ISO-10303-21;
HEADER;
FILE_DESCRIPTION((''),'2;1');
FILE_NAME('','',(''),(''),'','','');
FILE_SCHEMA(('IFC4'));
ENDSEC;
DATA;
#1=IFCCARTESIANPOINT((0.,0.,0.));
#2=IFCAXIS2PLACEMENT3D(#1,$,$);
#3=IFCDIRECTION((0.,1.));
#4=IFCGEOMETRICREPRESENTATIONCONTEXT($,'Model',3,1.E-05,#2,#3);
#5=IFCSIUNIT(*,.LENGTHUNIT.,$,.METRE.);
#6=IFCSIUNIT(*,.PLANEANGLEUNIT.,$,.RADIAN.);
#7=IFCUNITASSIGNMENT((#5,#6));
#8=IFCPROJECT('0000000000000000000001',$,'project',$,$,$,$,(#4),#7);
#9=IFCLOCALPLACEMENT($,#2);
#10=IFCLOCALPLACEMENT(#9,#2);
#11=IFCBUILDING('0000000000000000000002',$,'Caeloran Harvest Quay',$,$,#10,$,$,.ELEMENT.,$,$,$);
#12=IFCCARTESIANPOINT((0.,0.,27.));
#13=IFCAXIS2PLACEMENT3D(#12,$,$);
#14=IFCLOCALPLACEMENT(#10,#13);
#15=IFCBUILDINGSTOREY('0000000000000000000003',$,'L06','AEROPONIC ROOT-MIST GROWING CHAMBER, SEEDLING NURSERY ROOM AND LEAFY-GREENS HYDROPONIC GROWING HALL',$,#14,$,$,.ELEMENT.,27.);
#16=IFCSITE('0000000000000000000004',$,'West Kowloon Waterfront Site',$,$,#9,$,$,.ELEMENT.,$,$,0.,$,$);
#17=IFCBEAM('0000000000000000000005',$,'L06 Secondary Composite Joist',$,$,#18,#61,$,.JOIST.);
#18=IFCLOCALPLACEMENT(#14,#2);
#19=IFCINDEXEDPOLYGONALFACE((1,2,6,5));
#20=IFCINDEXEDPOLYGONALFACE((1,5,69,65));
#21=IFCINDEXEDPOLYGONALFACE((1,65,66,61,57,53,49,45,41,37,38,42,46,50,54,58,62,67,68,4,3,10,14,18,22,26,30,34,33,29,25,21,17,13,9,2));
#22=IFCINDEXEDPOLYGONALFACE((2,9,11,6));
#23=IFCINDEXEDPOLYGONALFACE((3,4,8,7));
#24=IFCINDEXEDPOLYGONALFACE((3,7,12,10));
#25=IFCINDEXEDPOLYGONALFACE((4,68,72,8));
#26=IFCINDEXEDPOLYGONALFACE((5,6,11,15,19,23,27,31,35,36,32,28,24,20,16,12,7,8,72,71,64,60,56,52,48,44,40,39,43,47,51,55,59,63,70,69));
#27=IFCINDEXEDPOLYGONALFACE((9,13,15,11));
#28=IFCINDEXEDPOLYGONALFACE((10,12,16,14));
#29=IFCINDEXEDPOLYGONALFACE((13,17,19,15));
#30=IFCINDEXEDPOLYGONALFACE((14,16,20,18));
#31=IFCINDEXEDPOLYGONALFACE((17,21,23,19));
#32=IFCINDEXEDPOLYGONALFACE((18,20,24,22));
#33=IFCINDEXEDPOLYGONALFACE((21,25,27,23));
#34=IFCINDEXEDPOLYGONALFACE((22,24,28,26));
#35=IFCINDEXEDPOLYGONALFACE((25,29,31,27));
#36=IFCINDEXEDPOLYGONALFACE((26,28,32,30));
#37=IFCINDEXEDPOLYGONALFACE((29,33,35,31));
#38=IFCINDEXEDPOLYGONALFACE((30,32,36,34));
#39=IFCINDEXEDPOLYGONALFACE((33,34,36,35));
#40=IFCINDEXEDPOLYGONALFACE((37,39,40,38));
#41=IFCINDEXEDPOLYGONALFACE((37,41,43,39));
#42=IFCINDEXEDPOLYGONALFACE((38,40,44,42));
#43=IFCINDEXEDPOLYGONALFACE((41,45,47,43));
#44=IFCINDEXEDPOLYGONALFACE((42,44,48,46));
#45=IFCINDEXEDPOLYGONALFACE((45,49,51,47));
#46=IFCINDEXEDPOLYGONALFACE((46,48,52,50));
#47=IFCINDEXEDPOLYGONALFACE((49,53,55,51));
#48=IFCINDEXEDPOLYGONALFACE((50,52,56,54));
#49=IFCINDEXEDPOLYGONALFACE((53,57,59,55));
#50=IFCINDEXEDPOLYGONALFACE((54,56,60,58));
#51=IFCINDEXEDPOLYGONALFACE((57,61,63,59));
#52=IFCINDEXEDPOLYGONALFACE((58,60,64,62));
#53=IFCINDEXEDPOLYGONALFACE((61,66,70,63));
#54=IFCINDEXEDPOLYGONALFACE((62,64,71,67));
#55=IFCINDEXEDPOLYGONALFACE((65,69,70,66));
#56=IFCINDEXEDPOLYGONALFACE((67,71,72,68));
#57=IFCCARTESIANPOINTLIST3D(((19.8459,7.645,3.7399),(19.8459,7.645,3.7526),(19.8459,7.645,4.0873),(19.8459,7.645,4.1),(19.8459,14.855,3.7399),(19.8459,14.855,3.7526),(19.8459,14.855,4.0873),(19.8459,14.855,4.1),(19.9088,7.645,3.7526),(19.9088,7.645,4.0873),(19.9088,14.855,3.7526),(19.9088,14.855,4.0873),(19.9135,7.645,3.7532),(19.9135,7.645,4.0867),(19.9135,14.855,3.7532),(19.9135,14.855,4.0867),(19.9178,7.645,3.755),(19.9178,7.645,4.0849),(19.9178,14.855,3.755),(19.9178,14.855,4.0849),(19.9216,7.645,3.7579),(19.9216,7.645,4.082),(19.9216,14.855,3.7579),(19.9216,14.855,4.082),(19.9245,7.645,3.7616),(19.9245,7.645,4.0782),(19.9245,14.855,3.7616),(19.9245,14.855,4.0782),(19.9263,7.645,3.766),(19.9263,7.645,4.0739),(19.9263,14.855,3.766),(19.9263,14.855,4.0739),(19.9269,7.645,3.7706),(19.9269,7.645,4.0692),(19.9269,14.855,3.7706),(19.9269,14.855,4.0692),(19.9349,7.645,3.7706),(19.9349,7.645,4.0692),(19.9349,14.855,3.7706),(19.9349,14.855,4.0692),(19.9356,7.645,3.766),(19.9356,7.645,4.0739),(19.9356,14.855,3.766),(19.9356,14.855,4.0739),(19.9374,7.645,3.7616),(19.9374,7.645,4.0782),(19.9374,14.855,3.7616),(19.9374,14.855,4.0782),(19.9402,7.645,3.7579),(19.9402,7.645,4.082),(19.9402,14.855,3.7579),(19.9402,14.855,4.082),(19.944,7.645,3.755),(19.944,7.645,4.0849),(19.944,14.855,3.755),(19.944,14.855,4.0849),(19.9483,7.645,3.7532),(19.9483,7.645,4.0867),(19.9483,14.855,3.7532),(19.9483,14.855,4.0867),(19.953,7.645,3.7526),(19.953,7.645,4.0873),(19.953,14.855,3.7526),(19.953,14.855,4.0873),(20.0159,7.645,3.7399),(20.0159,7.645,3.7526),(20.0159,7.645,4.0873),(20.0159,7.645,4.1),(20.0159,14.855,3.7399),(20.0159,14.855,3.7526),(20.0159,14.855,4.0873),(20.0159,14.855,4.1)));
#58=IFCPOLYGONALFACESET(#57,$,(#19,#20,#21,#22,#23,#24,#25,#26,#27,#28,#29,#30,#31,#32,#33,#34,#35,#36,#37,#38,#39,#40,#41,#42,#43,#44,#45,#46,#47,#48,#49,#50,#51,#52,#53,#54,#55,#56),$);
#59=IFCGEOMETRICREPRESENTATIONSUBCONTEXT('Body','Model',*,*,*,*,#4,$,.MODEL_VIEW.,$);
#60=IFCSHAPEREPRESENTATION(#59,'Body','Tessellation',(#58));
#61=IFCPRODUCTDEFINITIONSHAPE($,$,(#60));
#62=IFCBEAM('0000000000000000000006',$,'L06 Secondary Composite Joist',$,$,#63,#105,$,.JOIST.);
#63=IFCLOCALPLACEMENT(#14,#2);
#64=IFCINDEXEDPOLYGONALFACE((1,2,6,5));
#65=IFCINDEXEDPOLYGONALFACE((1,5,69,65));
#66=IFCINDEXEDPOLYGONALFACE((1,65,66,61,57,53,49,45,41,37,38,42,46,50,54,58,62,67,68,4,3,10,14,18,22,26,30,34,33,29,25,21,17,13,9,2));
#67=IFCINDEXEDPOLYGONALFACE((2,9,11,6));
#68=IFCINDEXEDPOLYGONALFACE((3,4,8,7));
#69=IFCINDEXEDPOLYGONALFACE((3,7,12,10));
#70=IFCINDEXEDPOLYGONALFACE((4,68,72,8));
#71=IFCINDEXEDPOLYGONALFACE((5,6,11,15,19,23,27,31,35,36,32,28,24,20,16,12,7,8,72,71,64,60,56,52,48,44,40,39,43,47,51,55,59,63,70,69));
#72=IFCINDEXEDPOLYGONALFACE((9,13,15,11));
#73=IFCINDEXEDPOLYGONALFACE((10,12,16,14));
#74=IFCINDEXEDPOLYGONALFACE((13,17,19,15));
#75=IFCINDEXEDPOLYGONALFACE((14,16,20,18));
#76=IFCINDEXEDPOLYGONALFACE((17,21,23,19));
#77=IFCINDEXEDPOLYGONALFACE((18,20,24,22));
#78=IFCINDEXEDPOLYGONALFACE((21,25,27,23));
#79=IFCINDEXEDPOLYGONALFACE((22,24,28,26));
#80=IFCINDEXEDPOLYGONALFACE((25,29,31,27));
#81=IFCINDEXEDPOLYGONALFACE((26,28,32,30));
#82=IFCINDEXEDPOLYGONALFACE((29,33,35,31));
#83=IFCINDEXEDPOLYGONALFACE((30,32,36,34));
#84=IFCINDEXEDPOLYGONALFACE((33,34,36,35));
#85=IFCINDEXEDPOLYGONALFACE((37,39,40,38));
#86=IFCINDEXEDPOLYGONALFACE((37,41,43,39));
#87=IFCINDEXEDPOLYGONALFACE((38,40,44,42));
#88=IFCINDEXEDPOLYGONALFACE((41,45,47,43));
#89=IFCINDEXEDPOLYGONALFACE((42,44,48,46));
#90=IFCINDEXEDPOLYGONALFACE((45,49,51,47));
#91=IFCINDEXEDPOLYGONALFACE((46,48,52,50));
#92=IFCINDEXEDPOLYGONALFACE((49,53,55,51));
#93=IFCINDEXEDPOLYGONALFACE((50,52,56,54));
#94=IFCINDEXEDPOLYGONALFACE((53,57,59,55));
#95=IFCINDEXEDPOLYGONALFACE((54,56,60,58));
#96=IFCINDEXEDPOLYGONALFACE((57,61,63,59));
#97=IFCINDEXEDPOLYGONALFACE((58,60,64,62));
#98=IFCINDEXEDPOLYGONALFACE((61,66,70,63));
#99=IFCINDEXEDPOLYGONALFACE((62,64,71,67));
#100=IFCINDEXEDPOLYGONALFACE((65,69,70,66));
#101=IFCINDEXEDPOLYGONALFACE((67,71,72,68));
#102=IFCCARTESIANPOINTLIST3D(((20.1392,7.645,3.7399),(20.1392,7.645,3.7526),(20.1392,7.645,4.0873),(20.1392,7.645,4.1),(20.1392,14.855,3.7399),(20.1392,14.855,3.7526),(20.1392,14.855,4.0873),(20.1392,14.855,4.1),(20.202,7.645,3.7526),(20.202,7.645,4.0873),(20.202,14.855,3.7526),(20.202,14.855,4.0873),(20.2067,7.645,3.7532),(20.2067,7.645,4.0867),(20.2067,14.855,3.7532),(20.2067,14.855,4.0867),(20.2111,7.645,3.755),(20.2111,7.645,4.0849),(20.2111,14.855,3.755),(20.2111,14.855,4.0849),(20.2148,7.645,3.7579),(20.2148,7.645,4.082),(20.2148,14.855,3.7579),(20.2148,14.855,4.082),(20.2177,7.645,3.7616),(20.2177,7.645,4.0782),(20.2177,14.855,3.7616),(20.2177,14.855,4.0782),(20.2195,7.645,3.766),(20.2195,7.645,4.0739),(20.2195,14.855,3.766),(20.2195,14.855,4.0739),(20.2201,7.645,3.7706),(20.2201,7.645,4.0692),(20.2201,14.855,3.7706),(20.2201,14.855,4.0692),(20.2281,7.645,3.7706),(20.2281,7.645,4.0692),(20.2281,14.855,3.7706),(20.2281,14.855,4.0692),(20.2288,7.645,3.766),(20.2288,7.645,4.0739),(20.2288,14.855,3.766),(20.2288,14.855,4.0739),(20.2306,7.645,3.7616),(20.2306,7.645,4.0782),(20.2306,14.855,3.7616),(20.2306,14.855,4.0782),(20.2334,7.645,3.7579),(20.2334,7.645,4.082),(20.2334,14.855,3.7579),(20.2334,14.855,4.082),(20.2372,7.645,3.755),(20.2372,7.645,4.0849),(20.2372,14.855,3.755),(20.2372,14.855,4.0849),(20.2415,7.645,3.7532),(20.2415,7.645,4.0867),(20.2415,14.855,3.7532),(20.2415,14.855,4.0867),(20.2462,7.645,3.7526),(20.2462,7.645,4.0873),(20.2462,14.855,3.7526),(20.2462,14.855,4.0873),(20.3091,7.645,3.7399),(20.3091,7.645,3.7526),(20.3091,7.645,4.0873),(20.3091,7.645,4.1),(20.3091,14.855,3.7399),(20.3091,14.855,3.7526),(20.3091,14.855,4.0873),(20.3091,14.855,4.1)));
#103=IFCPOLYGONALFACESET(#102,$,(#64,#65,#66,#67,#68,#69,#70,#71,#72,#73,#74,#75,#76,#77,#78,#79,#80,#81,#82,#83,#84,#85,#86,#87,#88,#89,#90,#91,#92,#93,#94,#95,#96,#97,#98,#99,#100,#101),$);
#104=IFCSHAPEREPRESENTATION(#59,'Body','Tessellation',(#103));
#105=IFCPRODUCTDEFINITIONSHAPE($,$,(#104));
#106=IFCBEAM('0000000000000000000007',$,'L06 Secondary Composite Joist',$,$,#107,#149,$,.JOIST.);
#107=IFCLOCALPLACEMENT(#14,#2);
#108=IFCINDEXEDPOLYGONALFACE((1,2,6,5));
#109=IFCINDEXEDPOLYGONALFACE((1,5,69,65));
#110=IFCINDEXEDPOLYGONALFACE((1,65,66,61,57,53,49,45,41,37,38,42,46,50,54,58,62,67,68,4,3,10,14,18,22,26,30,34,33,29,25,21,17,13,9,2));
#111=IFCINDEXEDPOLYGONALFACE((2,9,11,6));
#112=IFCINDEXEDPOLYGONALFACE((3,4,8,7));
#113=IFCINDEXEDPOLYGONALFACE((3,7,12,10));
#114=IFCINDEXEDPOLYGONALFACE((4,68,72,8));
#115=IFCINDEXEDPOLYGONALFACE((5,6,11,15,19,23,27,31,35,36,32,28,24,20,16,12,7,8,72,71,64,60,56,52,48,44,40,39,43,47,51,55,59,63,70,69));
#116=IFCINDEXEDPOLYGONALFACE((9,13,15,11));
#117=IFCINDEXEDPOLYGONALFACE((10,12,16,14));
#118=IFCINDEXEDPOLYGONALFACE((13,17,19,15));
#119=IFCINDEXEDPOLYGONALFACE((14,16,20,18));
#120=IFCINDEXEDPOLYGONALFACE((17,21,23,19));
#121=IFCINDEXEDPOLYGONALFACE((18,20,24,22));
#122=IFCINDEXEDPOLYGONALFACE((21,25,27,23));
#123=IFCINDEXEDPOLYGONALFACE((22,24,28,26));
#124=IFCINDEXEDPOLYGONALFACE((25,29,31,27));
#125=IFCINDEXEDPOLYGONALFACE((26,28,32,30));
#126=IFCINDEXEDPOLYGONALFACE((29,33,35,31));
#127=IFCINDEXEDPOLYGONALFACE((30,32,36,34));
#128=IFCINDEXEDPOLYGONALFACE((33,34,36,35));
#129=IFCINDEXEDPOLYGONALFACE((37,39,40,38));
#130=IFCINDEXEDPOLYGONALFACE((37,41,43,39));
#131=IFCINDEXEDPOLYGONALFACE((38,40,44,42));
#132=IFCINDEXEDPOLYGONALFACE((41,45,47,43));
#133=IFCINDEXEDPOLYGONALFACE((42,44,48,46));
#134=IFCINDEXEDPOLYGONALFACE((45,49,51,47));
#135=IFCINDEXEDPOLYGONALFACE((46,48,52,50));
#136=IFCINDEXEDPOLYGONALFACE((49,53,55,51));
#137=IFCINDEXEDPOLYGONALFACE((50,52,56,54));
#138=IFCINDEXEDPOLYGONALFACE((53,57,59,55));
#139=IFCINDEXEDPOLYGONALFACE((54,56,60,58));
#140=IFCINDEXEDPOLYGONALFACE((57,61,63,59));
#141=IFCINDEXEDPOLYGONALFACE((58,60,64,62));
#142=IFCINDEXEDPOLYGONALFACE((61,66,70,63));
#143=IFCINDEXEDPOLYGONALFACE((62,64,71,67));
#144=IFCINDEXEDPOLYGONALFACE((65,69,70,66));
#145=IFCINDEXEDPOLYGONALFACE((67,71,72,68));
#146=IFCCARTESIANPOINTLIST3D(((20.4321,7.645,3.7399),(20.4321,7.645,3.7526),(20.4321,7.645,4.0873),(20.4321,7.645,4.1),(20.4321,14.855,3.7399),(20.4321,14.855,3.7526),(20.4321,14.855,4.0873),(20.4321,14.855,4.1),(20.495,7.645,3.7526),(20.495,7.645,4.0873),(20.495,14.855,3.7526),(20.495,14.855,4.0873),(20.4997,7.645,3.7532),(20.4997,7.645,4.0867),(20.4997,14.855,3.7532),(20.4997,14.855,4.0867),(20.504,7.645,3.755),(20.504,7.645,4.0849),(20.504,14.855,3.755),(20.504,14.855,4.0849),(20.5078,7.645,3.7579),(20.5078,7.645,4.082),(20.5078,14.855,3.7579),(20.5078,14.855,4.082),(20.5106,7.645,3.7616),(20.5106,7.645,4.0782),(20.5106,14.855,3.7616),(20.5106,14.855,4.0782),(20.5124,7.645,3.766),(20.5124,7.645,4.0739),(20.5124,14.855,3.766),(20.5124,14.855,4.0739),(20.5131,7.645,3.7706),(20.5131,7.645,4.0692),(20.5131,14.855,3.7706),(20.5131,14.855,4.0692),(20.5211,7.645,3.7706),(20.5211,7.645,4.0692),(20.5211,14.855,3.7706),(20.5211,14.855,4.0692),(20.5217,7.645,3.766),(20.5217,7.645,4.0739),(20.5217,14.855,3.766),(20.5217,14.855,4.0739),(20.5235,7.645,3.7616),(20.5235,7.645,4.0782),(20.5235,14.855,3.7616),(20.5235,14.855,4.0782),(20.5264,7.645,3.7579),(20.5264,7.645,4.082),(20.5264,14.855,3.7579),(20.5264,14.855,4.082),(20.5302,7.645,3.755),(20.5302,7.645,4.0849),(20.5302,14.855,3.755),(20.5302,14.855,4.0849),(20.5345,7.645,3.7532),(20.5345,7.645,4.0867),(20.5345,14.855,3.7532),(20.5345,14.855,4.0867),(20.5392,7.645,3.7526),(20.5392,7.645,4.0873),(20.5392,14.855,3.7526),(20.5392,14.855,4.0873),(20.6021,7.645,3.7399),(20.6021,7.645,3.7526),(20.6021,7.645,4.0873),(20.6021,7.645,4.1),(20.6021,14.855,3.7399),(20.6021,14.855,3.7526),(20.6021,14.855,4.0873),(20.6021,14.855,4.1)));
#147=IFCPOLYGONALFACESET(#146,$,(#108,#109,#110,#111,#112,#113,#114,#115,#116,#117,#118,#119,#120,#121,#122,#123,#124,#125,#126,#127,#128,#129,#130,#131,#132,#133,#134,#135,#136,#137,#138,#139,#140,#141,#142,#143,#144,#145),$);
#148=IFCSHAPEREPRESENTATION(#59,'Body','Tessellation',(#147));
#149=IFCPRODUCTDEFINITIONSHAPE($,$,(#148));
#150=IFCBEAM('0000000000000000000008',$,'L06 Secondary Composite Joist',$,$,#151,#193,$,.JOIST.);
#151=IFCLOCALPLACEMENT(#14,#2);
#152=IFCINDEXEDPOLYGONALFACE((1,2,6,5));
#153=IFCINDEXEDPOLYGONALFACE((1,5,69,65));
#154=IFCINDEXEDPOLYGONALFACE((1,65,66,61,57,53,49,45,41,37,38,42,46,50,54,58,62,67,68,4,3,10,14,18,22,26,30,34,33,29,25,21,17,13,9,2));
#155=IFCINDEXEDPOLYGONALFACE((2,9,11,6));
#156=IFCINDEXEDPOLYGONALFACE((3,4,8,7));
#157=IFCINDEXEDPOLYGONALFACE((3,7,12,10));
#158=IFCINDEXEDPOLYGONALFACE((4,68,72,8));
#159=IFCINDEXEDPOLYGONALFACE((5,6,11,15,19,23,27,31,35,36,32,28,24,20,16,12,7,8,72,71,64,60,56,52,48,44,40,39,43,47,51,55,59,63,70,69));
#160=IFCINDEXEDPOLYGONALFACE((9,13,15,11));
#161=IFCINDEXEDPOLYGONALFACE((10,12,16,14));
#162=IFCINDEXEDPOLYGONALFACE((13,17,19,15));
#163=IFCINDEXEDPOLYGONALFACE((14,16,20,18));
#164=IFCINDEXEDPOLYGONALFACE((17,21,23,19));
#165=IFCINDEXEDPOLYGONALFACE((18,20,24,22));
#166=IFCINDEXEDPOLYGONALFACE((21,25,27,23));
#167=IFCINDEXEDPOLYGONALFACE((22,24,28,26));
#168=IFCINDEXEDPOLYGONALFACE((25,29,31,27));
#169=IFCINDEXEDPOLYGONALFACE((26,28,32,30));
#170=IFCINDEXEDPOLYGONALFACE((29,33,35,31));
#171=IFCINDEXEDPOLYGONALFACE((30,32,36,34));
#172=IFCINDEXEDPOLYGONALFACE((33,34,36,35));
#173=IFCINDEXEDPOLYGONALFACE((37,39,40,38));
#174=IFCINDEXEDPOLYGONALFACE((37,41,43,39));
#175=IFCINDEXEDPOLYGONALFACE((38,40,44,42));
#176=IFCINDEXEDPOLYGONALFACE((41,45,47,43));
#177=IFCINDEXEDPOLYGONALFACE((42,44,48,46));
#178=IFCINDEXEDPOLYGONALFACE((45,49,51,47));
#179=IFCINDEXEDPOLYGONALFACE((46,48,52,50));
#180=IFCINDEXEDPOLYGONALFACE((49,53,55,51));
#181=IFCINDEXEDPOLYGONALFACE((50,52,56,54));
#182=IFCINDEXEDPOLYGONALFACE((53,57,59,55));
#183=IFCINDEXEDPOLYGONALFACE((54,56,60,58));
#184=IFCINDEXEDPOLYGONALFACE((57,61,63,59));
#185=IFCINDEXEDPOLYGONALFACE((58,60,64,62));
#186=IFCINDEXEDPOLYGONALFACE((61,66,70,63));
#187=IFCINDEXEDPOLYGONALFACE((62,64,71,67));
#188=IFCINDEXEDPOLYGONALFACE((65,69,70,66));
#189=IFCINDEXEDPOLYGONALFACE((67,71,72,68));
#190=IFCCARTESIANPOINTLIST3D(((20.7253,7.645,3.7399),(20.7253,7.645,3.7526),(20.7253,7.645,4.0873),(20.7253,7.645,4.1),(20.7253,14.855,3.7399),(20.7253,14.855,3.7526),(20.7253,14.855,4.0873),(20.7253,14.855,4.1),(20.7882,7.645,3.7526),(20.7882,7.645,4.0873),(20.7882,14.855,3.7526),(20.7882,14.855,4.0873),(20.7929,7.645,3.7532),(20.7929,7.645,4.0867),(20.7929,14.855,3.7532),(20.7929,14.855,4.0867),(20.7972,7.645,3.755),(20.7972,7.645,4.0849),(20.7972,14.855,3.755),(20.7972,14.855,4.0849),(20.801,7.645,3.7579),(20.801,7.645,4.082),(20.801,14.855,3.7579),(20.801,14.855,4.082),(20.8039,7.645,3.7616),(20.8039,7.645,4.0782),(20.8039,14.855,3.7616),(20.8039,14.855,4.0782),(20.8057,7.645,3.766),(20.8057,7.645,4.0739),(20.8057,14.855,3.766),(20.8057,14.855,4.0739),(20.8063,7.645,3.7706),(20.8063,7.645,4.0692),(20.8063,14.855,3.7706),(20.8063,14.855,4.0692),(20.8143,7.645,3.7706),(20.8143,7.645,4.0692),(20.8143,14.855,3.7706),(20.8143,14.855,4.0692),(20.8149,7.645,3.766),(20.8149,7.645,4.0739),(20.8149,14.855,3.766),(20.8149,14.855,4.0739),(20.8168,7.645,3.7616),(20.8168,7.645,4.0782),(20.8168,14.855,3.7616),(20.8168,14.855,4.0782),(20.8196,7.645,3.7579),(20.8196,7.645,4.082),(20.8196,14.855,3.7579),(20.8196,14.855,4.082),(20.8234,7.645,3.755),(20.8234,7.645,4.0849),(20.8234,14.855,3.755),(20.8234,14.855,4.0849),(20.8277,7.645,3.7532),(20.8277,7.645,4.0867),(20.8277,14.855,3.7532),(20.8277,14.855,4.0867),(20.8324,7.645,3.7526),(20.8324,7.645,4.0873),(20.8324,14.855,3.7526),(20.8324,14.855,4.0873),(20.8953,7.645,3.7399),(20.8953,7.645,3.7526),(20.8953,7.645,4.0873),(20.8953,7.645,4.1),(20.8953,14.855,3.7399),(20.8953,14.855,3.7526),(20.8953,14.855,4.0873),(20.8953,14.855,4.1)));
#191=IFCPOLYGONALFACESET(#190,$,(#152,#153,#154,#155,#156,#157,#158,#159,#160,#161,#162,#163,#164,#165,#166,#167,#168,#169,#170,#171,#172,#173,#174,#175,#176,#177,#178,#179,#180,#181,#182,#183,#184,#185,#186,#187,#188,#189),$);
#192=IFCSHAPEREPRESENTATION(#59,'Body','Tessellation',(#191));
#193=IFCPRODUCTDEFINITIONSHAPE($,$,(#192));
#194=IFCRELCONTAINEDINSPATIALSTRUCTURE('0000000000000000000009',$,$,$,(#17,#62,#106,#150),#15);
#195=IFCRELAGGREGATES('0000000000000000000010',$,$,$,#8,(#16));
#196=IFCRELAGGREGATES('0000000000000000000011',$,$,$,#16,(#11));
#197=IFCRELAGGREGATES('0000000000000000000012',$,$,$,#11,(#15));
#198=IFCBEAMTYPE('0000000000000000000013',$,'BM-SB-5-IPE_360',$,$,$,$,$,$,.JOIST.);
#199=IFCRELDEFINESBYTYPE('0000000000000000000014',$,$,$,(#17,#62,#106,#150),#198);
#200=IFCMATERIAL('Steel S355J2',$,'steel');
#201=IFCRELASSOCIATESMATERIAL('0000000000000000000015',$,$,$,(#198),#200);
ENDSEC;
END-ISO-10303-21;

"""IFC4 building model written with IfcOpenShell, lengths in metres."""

from ifc_helpers import new_model, si_unit, direction, frame, origin, origin_2d, place, context, subcontext, project, spatial, i_section, extrude, material, material_profile, profile_set, type_object, element, save


model = new_model("IFC4")

# Units and contexts
model_context = context("Model", 3, precision=1e-05, world=origin(), true_north=direction((0.0, 1.0)))
body_context = subcontext(model_context, "Body", "Model", "MODEL_VIEW")
ifc_project = project(units=[si_unit("LENGTHUNIT", "METRE"), si_unit("PLANEANGLEUNIT", "RADIAN")], contexts=[model_context])

# Site, building, storey
site_placement = place(None, origin())
site = spatial("IfcSite", under=ifc_project, at=site_placement, Name="West Kowloon Waterfront Site", CompositionType="ELEMENT", RefElevation=0.0)
building_placement = place(site_placement, origin())
building = spatial("IfcBuilding", under=site, at=building_placement, Name="Caeloran Harvest Quay", CompositionType="ELEMENT")
storey_placement = place(building_placement, frame((0.0, 0.0, 27.0)))
storey = spatial("IfcBuildingStorey", under=building, at=storey_placement, Name="L06", Description="AEROPONIC ROOT-MIST GROWING CHAMBER, SEEDLING NURSERY ROOM AND LEAFY-GREENS HYDROPONIC GROWING HALL", CompositionType="ELEMENT", Elevation=27.0)

# Beams
ifc_material_1 = material(Name="Steel S355J2", Category="steel")
ifc_material_profile_1 = material_profile(ifc_material_1, i_section(OverallWidth=0.1699, OverallDepth=0.3601, WebThickness=0.0081, FlangeThickness=0.0127, FilletRadius=0.0181, at=origin_2d()), Name="IPE 360")
ifc_profile_set_1 = profile_set([ifc_material_profile_1], Name="Steel S355J2")
beam_type_1 = type_object("IfcBeamType", Name="BM-SB-5-IPE_360", PredefinedType="JOIST", material=ifc_profile_set_1)
for number, where, z_axis, x_axis, name in (
    (1, (19.9309, 7.645, 3.9199), (0.0, 1.0, 0.0), (-1.0, 0.0, 0.0), "L06 Secondary Composite Joist"),
    (2, (20.2241, 7.645, 3.9199), (0.0, 1.0, 0.0), (-1.0, 0.0, 0.0), "L06 Secondary Composite Joist"),
    (3, (20.5171, 7.645, 3.9199), (0.0, 1.0, 0.0), (-1.0, 0.0, 0.0), "L06 Secondary Composite Joist"),
    (4, (20.8103, 7.645, 3.9199), (0.0, 1.0, 0.0), (-1.0, 0.0, 0.0), "L06 Secondary Composite Joist"),
):
    element("IfcBeam", number, at=place(storey_placement, frame(where, z_axis=z_axis, x_axis=x_axis)), inside=storey, type_object=beam_type_1, Name=name, PredefinedType="JOIST", context=body_context, shape_type="SweptSolid", body=[
        extrude(i_section(OverallWidth=0.1699, OverallDepth=0.3601, WebThickness=0.0081, FlangeThickness=0.0127, FilletRadius=0.0181, at=origin_2d()), origin(), (0.0, 0.0, 1.0), 7.21),
    ])

save(model, "model.ifc")
